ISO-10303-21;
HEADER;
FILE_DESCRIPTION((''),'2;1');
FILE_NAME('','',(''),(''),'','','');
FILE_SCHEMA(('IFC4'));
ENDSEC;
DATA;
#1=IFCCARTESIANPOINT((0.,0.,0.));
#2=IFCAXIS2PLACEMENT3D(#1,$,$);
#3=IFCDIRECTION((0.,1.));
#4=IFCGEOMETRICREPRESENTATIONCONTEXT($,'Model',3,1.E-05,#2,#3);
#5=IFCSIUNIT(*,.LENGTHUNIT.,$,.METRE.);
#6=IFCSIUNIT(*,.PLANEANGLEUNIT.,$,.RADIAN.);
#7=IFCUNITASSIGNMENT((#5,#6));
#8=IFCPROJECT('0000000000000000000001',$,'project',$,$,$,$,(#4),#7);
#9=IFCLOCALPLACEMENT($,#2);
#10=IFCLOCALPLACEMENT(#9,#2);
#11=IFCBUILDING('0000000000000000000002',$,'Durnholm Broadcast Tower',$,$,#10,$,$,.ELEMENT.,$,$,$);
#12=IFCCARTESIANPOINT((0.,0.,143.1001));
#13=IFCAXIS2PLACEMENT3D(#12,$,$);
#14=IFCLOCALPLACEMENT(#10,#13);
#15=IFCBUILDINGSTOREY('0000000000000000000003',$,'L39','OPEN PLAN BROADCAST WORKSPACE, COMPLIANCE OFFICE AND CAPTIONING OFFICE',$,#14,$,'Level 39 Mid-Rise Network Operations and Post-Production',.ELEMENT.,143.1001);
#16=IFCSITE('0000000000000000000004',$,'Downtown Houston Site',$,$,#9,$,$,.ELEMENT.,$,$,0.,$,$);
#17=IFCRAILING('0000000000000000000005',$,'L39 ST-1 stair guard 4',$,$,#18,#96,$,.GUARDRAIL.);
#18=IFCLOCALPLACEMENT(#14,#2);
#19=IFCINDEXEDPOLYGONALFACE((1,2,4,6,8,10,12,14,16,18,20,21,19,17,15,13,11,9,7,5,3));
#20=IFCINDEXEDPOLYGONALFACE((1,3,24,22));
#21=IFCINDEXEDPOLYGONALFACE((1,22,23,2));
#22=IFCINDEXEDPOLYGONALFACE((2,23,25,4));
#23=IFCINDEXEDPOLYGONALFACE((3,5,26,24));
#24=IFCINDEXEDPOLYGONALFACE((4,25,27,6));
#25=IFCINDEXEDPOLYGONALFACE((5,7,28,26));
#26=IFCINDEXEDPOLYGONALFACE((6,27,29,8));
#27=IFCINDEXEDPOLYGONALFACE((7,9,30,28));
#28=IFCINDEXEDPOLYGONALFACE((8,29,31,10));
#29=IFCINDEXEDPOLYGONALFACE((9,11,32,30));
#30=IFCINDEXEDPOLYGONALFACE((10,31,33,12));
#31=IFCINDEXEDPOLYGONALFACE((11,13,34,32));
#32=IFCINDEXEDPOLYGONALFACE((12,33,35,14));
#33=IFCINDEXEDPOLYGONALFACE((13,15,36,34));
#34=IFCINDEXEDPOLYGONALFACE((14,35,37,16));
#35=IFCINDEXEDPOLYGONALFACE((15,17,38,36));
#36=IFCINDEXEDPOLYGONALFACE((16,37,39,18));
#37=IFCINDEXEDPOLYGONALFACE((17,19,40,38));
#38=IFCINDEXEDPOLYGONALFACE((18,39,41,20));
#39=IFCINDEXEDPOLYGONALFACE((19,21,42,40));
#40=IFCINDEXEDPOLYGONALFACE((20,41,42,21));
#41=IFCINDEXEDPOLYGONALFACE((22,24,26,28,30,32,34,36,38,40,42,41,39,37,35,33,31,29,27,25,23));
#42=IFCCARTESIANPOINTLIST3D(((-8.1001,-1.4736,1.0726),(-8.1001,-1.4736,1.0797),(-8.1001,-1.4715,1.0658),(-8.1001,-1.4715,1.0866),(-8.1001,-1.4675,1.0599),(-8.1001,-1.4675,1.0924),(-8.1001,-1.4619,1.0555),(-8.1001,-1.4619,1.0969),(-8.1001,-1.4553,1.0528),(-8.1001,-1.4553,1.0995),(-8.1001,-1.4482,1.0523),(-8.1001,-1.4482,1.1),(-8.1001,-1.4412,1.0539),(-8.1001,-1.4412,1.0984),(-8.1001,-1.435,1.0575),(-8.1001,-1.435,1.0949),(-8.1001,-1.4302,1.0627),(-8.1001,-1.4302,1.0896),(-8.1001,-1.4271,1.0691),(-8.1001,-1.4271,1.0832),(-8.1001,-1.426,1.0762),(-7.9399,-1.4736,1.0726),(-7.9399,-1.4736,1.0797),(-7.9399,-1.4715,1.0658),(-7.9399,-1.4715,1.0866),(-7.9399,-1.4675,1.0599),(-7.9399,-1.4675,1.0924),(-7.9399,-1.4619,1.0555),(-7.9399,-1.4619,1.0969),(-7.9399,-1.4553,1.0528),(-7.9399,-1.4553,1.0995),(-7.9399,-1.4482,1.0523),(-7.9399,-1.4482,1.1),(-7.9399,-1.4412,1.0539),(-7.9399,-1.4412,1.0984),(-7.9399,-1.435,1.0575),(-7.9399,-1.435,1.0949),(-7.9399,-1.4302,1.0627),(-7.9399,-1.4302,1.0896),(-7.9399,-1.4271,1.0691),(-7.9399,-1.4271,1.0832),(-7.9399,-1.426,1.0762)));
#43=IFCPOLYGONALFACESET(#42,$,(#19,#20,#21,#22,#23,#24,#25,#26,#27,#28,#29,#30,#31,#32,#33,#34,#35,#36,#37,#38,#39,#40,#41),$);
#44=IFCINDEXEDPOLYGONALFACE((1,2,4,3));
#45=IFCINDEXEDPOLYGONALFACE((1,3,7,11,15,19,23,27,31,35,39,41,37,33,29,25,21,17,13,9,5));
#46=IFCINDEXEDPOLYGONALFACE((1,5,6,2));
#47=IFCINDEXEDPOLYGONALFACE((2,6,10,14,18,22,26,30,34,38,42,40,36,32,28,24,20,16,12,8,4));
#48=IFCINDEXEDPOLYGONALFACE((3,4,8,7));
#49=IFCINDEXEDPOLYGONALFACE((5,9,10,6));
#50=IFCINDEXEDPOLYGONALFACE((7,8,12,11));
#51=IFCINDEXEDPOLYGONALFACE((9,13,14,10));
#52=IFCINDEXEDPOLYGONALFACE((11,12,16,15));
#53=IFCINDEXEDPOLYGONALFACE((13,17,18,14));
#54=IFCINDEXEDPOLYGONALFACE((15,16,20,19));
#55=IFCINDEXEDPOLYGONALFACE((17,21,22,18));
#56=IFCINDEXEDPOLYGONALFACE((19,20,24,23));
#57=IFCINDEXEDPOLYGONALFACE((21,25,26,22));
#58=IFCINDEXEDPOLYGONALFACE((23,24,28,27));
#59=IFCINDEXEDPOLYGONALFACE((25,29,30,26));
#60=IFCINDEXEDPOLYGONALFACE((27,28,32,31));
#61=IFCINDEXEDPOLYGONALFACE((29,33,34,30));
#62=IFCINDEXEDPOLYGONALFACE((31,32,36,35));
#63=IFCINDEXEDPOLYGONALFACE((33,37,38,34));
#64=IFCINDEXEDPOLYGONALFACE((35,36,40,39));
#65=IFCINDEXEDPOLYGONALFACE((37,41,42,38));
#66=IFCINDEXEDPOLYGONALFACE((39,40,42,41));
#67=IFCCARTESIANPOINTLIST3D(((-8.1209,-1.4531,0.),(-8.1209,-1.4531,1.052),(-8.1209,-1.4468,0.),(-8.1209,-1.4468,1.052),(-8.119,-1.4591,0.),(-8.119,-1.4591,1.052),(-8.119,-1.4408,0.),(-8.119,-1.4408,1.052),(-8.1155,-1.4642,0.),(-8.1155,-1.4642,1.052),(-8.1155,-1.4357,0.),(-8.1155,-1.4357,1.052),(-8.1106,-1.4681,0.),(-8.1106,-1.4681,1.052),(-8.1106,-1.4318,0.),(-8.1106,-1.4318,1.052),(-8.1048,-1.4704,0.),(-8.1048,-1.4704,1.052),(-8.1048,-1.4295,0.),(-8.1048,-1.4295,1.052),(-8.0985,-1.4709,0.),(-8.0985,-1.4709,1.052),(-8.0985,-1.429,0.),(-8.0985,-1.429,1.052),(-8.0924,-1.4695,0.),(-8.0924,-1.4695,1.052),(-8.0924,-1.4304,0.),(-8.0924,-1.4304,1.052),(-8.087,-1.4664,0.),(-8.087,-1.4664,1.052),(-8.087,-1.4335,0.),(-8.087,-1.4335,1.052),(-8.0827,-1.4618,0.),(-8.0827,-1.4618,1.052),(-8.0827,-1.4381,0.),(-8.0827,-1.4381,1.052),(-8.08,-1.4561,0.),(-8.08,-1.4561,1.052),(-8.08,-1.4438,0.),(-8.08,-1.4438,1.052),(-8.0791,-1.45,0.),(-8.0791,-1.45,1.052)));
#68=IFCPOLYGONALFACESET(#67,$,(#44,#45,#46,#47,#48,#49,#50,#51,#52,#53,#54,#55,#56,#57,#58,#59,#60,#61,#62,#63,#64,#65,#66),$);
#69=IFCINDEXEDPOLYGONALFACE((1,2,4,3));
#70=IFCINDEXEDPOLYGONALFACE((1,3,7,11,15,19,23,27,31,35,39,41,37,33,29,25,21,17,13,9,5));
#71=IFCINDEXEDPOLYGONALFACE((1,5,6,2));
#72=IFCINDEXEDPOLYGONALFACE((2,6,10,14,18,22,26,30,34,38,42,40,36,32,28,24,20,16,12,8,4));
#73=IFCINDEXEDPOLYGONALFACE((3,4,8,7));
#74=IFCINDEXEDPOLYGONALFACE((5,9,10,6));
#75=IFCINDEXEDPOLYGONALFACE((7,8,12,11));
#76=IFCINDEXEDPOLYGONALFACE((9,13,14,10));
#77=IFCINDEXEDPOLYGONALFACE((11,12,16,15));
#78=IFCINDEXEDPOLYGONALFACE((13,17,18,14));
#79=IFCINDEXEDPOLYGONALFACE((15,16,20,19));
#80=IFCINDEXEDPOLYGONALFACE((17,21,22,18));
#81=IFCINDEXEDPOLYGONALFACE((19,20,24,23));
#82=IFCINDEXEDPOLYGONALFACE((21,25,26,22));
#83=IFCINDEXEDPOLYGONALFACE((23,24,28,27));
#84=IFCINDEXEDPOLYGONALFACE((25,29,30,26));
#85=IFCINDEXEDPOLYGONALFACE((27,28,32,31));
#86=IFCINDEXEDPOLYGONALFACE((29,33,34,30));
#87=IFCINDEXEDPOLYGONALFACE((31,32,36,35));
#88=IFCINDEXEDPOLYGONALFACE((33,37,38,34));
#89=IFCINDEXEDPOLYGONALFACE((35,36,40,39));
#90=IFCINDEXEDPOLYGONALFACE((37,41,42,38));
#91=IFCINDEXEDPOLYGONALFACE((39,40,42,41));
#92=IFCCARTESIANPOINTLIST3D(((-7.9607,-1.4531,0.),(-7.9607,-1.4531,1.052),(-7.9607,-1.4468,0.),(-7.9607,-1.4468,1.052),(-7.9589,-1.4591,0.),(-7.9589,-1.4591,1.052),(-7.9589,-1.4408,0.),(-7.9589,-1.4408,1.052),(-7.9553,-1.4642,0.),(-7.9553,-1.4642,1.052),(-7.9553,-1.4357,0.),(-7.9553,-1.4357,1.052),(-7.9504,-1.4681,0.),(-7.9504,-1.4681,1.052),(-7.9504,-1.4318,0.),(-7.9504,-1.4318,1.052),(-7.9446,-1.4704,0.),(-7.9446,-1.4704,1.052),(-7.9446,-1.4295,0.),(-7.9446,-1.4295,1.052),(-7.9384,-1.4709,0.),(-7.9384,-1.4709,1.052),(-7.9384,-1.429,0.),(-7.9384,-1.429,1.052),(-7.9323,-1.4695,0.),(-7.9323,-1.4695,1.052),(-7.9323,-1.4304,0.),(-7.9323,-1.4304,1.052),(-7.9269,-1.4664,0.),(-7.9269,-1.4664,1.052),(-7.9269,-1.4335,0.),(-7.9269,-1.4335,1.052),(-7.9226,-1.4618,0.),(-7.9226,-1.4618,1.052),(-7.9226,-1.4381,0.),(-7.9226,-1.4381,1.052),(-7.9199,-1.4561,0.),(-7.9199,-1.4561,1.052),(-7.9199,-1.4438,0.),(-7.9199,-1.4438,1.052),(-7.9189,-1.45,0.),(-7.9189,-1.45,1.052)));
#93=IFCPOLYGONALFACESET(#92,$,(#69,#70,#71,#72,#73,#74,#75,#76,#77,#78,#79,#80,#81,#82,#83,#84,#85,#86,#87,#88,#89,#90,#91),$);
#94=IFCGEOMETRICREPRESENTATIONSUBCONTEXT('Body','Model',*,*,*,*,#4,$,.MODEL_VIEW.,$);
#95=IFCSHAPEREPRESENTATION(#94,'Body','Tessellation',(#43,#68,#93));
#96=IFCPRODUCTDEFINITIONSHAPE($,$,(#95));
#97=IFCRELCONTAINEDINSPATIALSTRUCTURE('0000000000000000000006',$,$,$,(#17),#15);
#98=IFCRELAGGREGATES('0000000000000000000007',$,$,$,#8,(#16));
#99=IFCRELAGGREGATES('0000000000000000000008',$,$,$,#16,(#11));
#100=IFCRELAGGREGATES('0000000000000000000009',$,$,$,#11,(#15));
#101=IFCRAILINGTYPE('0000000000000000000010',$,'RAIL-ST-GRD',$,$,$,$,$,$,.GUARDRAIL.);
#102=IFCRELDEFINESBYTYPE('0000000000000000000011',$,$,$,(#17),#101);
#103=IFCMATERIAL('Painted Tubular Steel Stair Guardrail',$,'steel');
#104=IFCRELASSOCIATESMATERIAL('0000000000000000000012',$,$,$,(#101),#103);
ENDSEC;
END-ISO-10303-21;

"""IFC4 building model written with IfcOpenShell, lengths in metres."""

from ifc_helpers import new_model, si_unit, direction, frame, origin, origin_2d, place, context, subcontext, project, spatial, circle, extrude, material, type_object, element, save


model = new_model("IFC4")

# Units and contexts
model_context = context("Model", 3, precision=1e-05, world=origin(), true_north=direction((0.0, 1.0)))
body_context = subcontext(model_context, "Body", "Model", "MODEL_VIEW")
ifc_project = project(units=[si_unit("LENGTHUNIT", "METRE"), si_unit("PLANEANGLEUNIT", "RADIAN")], contexts=[model_context])

# Site, building, storey
site_placement = place(None, origin())
site = spatial("IfcSite", under=ifc_project, at=site_placement, Name="Downtown Houston Site", CompositionType="ELEMENT", RefElevation=0.0)
building_placement = place(site_placement, origin())
building = spatial("IfcBuilding", under=site, at=building_placement, Name="Durnholm Broadcast Tower", CompositionType="ELEMENT")
storey_placement = place(building_placement, frame((0.0, 0.0, 143.1001)))
storey = spatial("IfcBuildingStorey", under=building, at=storey_placement, Name="L39", Description="OPEN PLAN BROADCAST WORKSPACE, COMPLIANCE OFFICE AND CAPTIONING OFFICE", LongName="Level 39 Mid-Rise Network Operations and Post-Production", CompositionType="ELEMENT", Elevation=143.1001)

# Railing
ifc_material_1 = material(Name="Painted Tubular Steel Stair Guardrail", Category="steel")
railing_type_1 = type_object("IfcRailingType", Name="RAIL-ST-GRD", PredefinedType="GUARDRAIL", material=ifc_material_1)
railing_1_placement = place(storey_placement, frame((-8.1001, -1.45, 0.0)))
element("IfcRailing", 1, at=railing_1_placement, inside=storey, type_object=railing_type_1, Name="L39 ST-1 stair guard 4", PredefinedType="GUARDRAIL", context=body_context, shape_type="SweptSolid", body=[
    extrude(circle(Radius=0.0239, at=origin_2d()), frame((0.0, 0.0, 1.0762), z_axis=(1.0, 0.0, 0.0), x_axis=(0.0, 1.0, 0.0)), (0.0, 0.0, 1.0), 0.1602),
    extrude(circle(Radius=0.021, at=origin_2d()), origin(), (0.0, 0.0, 1.0), 1.052),
    extrude(circle(Radius=0.021, at=origin_2d()), frame((0.1602, 0.0, 0.0)), (0.0, 0.0, 1.0), 1.052),
])

save(model, "model.ifc")
